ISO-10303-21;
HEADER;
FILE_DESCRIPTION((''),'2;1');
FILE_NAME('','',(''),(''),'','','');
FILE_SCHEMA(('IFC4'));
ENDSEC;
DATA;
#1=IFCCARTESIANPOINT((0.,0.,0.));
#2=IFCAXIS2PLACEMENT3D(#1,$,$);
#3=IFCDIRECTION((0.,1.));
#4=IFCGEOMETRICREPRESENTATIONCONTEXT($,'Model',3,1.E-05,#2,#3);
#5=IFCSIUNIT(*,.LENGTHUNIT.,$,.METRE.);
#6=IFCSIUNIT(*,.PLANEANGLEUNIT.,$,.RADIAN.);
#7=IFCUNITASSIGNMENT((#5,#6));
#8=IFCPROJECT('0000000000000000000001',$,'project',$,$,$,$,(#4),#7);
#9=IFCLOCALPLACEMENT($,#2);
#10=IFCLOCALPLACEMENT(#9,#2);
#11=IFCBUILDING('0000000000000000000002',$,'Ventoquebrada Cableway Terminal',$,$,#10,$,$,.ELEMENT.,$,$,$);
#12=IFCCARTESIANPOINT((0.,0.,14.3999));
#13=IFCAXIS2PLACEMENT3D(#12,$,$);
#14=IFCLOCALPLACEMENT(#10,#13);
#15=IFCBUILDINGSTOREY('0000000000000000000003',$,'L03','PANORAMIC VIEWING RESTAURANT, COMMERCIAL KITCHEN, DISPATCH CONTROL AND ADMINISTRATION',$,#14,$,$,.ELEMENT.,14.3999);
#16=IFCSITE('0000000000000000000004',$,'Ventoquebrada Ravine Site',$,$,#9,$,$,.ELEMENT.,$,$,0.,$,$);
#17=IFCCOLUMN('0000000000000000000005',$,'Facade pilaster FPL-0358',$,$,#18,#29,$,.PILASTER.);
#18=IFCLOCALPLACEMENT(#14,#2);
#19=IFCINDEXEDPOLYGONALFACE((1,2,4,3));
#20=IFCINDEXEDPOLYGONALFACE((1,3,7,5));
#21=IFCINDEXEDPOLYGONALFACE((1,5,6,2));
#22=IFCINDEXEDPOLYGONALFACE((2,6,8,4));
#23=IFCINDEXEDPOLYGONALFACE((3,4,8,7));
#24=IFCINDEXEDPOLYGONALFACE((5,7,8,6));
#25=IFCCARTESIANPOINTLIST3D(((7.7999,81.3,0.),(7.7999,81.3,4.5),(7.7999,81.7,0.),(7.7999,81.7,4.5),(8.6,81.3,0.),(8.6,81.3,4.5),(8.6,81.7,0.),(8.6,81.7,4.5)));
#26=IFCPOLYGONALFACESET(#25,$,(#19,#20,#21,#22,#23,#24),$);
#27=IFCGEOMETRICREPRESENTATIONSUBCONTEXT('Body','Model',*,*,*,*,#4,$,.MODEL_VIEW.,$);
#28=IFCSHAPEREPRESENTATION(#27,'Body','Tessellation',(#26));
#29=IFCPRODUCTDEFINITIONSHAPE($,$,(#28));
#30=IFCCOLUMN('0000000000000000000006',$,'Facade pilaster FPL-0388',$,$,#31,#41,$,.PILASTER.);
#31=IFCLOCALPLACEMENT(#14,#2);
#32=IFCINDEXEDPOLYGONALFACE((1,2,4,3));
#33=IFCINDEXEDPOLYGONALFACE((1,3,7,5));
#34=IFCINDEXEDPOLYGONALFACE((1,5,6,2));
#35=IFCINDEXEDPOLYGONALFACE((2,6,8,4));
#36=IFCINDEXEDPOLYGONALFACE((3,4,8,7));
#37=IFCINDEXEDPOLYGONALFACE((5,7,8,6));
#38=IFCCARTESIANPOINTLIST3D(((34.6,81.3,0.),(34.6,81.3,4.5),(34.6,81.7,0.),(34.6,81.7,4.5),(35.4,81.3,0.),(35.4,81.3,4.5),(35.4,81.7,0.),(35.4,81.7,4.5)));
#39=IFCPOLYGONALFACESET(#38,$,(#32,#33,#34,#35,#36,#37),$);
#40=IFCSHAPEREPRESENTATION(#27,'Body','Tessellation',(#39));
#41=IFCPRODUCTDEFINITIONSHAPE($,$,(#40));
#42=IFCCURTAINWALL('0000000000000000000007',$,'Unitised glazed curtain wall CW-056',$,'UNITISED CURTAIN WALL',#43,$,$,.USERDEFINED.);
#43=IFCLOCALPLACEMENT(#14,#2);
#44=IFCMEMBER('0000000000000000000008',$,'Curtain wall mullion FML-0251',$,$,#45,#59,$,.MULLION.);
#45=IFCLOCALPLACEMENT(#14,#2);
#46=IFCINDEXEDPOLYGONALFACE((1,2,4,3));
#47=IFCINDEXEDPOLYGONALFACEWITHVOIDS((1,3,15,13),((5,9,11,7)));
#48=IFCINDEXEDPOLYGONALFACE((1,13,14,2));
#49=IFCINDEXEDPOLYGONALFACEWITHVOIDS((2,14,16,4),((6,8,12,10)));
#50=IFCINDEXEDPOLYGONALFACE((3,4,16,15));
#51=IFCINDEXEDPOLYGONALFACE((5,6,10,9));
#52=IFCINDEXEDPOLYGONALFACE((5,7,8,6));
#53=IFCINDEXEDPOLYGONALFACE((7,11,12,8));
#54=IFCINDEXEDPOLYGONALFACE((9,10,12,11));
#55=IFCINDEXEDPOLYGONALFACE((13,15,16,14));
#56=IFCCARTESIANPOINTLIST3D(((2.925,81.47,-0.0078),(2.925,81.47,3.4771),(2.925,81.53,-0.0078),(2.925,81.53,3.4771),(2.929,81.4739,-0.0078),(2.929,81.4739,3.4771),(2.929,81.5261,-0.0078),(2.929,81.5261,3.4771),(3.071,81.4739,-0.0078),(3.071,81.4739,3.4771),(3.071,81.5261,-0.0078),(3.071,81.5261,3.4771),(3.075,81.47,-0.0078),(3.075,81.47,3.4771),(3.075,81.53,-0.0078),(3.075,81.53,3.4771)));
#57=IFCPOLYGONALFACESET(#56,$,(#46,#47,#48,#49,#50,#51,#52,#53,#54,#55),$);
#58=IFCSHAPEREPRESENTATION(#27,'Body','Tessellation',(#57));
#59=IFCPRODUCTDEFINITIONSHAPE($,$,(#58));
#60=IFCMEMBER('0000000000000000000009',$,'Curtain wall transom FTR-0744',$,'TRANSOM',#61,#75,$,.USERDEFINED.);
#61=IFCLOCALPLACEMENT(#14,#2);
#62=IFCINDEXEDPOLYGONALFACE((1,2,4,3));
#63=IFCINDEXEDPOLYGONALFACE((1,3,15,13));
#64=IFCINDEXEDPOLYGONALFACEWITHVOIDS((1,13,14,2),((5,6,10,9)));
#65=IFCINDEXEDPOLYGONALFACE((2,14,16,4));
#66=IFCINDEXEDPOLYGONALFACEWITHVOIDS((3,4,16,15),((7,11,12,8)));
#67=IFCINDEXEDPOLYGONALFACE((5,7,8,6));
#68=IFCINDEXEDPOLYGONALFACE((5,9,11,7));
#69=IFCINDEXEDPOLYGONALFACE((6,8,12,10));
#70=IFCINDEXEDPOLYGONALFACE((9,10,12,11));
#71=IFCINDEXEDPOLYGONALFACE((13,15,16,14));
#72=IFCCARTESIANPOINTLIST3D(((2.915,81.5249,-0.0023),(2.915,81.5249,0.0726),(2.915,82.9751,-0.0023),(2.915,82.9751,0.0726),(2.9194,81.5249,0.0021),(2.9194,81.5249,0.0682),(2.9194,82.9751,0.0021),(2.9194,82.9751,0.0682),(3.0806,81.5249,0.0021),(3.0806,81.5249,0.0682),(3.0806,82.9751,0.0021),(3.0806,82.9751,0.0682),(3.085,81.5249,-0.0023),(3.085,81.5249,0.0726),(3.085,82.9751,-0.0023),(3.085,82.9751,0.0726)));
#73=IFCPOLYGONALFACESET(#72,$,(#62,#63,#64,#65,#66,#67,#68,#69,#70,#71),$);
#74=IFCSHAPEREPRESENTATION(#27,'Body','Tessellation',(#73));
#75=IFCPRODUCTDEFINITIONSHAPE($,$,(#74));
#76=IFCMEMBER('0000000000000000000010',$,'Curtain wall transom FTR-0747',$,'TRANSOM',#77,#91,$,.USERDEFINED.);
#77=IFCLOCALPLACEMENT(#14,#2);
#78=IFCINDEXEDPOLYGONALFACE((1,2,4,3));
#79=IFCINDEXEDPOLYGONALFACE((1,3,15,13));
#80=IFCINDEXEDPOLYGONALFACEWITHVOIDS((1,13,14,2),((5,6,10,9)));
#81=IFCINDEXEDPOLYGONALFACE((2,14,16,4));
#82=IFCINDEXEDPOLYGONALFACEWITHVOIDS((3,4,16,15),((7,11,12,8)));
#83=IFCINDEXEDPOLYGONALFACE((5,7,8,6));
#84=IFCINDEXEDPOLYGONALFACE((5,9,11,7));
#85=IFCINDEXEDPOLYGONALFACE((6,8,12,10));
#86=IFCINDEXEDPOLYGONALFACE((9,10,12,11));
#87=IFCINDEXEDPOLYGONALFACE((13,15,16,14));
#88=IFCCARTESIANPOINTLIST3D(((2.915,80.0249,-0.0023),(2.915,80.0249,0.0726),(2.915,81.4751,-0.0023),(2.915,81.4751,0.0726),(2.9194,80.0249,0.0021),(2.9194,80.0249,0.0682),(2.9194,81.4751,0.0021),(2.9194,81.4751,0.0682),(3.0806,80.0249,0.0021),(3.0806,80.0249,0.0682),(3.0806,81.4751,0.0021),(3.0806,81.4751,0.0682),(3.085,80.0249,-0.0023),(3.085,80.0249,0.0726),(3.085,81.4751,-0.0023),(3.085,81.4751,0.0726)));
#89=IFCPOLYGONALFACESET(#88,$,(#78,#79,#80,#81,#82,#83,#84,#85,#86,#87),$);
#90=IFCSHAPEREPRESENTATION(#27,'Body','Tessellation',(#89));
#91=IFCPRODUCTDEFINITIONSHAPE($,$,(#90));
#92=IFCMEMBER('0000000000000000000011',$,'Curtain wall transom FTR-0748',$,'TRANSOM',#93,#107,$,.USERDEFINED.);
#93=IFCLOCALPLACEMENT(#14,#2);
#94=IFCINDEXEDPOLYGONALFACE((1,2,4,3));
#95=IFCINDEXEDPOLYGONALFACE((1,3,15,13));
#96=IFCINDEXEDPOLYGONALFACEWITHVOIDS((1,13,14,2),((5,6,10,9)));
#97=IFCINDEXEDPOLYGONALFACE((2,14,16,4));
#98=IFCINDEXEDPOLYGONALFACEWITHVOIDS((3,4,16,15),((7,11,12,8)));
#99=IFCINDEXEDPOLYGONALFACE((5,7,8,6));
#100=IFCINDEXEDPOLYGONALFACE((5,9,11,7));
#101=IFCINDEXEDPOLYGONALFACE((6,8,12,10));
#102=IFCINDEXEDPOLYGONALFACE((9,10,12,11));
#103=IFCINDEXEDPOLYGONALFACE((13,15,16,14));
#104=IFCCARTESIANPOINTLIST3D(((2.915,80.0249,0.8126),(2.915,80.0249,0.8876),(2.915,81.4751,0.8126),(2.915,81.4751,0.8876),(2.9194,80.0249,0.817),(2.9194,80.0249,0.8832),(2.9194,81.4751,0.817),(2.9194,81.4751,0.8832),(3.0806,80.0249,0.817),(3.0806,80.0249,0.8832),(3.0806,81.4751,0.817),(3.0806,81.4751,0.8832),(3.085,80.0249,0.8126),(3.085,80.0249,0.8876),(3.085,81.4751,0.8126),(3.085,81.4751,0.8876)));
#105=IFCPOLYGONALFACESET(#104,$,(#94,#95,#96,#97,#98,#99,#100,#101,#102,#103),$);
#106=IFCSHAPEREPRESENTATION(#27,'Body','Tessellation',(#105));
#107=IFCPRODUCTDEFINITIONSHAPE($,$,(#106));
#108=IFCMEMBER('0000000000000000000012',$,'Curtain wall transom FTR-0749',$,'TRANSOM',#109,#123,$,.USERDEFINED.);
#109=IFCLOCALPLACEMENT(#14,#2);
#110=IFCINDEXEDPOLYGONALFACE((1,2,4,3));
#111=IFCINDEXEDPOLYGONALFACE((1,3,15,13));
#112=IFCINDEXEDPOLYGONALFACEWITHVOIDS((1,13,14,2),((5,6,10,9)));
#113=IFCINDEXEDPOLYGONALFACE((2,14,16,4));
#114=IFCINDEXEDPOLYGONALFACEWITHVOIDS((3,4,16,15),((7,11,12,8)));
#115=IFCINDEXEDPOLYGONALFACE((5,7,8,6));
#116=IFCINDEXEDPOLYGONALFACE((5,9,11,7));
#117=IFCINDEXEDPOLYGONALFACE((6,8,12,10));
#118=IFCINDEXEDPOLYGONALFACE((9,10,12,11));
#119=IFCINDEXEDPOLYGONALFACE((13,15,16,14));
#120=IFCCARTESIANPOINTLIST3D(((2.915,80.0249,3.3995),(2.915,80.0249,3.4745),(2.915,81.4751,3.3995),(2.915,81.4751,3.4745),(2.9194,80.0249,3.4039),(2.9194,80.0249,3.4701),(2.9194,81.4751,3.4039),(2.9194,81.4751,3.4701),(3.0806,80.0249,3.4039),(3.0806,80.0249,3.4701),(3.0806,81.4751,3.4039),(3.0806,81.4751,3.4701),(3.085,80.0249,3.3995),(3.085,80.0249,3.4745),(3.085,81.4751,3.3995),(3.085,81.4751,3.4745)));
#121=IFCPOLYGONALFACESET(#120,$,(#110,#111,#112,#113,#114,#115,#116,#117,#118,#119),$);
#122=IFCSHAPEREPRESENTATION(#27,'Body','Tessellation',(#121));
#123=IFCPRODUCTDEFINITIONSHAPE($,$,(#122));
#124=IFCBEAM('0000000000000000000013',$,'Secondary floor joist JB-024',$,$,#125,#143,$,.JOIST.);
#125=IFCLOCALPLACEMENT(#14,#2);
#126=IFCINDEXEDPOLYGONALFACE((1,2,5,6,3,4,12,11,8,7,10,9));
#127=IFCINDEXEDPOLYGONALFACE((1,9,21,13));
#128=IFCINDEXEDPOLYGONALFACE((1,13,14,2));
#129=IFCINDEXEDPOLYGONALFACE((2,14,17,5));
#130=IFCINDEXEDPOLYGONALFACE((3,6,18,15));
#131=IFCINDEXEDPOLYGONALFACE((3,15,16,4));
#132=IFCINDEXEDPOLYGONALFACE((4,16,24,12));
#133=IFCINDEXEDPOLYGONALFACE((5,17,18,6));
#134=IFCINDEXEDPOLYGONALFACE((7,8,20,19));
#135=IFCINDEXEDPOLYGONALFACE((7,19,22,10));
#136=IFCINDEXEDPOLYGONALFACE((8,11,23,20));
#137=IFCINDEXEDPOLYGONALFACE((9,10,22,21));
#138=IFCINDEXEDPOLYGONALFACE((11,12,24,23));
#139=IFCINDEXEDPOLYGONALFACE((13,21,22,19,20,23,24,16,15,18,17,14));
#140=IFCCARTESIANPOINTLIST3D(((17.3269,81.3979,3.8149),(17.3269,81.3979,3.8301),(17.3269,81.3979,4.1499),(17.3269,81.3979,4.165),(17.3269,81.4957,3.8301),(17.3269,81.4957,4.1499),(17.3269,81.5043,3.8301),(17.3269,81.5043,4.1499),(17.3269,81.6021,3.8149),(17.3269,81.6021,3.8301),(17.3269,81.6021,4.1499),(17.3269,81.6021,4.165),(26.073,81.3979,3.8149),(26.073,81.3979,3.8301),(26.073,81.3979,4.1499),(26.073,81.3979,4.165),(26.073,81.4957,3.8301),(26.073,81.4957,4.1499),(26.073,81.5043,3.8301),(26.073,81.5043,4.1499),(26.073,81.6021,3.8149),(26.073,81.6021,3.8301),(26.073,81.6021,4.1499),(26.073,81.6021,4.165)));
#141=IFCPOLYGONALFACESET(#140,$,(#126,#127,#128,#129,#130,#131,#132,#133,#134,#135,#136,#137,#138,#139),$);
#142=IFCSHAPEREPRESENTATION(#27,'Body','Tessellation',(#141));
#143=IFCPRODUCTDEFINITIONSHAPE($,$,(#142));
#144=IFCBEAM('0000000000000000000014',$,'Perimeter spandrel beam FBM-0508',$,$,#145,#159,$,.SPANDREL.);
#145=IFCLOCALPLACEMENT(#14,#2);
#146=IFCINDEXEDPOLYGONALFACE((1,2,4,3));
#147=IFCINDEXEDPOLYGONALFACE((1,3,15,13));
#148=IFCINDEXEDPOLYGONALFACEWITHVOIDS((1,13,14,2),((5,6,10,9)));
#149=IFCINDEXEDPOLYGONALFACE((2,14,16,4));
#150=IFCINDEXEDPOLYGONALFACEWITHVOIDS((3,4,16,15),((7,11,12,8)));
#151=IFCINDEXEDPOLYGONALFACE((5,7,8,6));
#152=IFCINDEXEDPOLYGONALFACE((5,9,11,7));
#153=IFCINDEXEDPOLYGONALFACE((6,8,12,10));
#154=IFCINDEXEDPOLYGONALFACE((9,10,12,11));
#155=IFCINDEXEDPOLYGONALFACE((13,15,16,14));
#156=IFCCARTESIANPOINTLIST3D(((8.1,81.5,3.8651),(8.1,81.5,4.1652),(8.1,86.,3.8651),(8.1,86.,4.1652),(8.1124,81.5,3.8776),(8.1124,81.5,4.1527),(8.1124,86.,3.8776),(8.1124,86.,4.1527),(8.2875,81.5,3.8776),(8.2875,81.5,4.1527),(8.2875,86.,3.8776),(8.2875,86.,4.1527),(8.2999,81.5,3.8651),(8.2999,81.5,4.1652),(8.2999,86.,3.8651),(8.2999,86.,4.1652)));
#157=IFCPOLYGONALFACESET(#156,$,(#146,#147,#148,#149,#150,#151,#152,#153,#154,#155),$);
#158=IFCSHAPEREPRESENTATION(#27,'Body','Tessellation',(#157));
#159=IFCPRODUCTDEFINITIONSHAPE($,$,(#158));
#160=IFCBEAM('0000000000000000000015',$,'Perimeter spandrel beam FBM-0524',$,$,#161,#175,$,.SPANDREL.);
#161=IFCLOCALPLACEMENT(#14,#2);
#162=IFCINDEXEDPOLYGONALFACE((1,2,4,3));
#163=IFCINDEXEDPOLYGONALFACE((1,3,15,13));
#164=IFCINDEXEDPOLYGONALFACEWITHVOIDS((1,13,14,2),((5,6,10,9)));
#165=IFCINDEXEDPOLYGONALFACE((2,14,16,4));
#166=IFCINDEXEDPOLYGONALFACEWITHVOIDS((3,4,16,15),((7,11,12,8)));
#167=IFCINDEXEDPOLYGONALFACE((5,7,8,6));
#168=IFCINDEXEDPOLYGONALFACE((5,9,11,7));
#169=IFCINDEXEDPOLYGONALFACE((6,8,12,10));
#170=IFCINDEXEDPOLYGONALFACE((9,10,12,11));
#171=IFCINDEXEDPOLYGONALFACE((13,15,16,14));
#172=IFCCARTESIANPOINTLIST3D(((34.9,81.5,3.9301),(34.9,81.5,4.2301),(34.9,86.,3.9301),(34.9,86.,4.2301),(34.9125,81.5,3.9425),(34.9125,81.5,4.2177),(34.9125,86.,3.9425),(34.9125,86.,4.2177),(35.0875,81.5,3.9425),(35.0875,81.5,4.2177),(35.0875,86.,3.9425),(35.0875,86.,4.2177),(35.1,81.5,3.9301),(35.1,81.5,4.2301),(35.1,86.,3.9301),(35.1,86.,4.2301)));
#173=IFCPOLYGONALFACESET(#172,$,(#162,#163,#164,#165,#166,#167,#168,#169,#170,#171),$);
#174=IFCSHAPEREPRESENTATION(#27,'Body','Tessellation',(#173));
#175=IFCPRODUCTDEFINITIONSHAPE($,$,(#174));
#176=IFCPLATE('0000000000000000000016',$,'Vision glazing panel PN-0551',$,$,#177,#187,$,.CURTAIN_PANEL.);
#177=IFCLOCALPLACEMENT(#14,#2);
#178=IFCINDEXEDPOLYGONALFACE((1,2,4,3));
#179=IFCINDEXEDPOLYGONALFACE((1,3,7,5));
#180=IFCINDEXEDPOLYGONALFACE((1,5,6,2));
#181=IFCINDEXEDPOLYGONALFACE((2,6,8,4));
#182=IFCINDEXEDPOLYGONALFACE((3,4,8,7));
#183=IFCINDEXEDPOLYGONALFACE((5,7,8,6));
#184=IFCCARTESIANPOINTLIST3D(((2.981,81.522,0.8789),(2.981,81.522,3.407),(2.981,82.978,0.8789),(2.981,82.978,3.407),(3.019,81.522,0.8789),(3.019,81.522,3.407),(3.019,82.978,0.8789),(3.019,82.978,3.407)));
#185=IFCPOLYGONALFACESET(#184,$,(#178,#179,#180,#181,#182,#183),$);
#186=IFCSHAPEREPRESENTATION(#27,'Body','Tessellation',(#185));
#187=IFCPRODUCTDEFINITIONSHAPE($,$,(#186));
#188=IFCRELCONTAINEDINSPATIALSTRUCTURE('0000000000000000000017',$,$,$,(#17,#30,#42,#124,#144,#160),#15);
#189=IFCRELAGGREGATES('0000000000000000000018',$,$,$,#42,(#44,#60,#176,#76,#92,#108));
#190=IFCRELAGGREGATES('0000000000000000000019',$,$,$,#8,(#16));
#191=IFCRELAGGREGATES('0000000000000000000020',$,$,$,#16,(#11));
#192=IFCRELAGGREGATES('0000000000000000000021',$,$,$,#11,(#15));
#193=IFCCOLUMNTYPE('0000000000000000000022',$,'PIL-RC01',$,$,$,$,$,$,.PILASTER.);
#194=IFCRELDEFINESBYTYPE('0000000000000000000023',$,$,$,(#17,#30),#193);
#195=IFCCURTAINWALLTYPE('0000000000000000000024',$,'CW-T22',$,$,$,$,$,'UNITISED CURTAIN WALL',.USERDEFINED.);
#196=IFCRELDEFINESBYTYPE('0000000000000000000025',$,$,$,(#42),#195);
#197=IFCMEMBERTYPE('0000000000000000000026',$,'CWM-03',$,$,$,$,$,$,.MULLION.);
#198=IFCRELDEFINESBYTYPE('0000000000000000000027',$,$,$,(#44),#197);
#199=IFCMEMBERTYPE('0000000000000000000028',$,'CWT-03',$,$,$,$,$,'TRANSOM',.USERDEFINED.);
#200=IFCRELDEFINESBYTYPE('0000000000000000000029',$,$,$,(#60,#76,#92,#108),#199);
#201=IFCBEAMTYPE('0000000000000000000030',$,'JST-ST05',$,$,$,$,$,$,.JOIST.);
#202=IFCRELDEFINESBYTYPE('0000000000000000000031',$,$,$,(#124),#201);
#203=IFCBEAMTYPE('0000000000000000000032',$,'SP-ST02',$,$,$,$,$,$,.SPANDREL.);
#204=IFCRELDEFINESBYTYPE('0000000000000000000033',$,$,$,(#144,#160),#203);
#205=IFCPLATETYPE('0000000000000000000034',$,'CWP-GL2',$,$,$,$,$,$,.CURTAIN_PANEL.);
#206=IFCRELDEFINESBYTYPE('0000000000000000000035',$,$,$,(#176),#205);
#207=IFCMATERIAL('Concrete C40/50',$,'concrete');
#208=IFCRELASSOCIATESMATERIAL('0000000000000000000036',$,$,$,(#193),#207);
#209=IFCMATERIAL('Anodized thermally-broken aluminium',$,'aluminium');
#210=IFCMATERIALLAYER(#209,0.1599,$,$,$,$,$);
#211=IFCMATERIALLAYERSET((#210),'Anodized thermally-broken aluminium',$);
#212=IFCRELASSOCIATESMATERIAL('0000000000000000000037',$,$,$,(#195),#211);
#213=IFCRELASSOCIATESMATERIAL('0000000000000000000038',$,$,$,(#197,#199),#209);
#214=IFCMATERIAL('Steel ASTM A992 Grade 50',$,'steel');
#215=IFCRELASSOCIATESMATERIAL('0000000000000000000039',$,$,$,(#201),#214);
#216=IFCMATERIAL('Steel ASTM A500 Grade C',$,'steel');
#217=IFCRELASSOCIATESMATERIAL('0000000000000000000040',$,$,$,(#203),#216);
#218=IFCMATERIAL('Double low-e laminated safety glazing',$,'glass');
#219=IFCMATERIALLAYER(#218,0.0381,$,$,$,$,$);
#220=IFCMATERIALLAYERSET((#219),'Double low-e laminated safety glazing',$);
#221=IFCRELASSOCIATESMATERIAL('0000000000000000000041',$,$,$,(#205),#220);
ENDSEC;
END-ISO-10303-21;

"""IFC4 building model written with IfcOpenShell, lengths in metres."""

from ifc_helpers import new_model, si_unit, direction, frame, origin, origin_2d, place, context, subcontext, project, spatial, rectangle, hollow_rectangle, i_section, extrude, material, layer, layer_set, material_profile, profile_set, type_object, element, aggregate, save


model = new_model("IFC4")

# Units and contexts
model_context = context("Model", 3, precision=1e-05, world=origin(), true_north=direction((0.0, 1.0)))
body_context = subcontext(model_context, "Body", "Model", "MODEL_VIEW")
ifc_project = project(units=[si_unit("LENGTHUNIT", "METRE"), si_unit("PLANEANGLEUNIT", "RADIAN")], contexts=[model_context])

# Site, building, storey
site_placement = place(None, origin())
site = spatial("IfcSite", under=ifc_project, at=site_placement, Name="Ventoquebrada Ravine Site", CompositionType="ELEMENT", RefElevation=0.0)
building_placement = place(site_placement, origin())
building = spatial("IfcBuilding", under=site, at=building_placement, Name="Ventoquebrada Cableway Terminal", CompositionType="ELEMENT")
storey_placement = place(building_placement, frame((0.0, 0.0, 14.3999)))
storey = spatial("IfcBuildingStorey", under=building, at=storey_placement, Name="L03", Description="PANORAMIC VIEWING RESTAURANT, COMMERCIAL KITCHEN, DISPATCH CONTROL AND ADMINISTRATION", CompositionType="ELEMENT", Elevation=14.3999)

# Columns
ifc_material_1 = material(Name="Concrete C40/50", Category="concrete")
ifc_material_profile_1 = material_profile(ifc_material_1, rectangle(XDim=0.3999, YDim=0.8, at=origin_2d()), Name="RC-PIL-400X800")
ifc_profile_set_1 = profile_set([ifc_material_profile_1], Name="Concrete C40/50")
column_type = type_object("IfcColumnType", Name="PIL-RC01", PredefinedType="PILASTER", material=ifc_profile_set_1)
for number, where, z_axis, x_axis, name in (
    (1, (8.2, 81.5, 0.0), (0.0, 0.0, 1.0), (0.0, 1.0, 0.0), "Facade pilaster FPL-0358"),
    (2, (35.0, 81.5, 0.0), (0.0, 0.0, 1.0), (0.0, 1.0, 0.0), "Facade pilaster FPL-0388"),
):
    element("IfcColumn", number, at=place(storey_placement, frame(where, z_axis=z_axis, x_axis=x_axis)), inside=storey, type_object=column_type, Name=name, PredefinedType="PILASTER", context=body_context, shape_type="SweptSolid", body=[
        extrude(rectangle(XDim=0.3999, YDim=0.8, at=origin_2d()), origin(), (0.0, 0.0, 1.0), 4.5),
    ])

# Curtain wall, members
ifc_material_2 = material(Name="Anodized thermally-broken aluminium", Category="aluminium")
ifc_layer_1 = layer(ifc_material_2, 0.1599)
ifc_layer_set_1 = layer_set([ifc_layer_1], Name="Anodized thermally-broken aluminium")
curtain_wall_type = type_object("IfcCurtainWallType", Name="CW-T22", ElementType="UNITISED CURTAIN WALL", PredefinedType="USERDEFINED", material=ifc_layer_set_1)
curtain_wall_placement = place(storey_placement, origin())
curtain_wall = element("IfcCurtainWall", 3, at=curtain_wall_placement, inside=storey, type_object=curtain_wall_type, Name="Unitised glazed curtain wall CW-056", ObjectType="UNITISED CURTAIN WALL", PredefinedType="USERDEFINED")
ifc_material_profile_2 = material_profile(ifc_material_2, hollow_rectangle(XDim=0.0601, YDim=0.1499, WallThickness=0.0039, at=origin_2d()), Name="CW-MUL-60X150")
ifc_profile_set_2 = profile_set([ifc_material_profile_2], Name="Anodized thermally-broken aluminium")
member_type_1 = type_object("IfcMemberType", Name="CWM-03", PredefinedType="MULLION", material=ifc_profile_set_2)
member_1_placement = place(storey_placement, frame((3.0, 81.5, -0.0078), z_axis=(0.0, 0.0, 1.0), x_axis=(0.0, -1.0, 0.0)))
member_1 = element("IfcMember", 4, at=member_1_placement, type_object=member_type_1, Name="Curtain wall mullion FML-0251", PredefinedType="MULLION", context=body_context, shape_type="SweptSolid", body=[
    extrude(hollow_rectangle(XDim=0.0601, YDim=0.1499, WallThickness=0.0039, at=origin_2d()), origin(), (0.0, 0.0, 1.0), 3.4849),
])
ifc_material_profile_3 = material_profile(ifc_material_2, hollow_rectangle(XDim=0.075, YDim=0.1699, WallThickness=0.0044, at=origin_2d()), Name="CW-TRN-75X170")
ifc_profile_set_3 = profile_set([ifc_material_profile_3], Name="Anodized thermally-broken aluminium")
member_type_2 = type_object("IfcMemberType", Name="CWT-03", ElementType="TRANSOM", PredefinedType="USERDEFINED", material=ifc_profile_set_3)
member_2_placement = place(storey_placement, frame((3.0, 82.9751, 0.0352), z_axis=(0.0, -1.0, 0.0), x_axis=(0.0, 0.0, 1.0)))
member_2 = element("IfcMember", 5, at=member_2_placement, type_object=member_type_2, Name="Curtain wall transom FTR-0744", ObjectType="TRANSOM", PredefinedType="USERDEFINED", context=body_context, shape_type="SweptSolid", body=[
    extrude(hollow_rectangle(XDim=0.075, YDim=0.1699, WallThickness=0.0044, at=origin_2d()), origin(), (0.0, 0.0, 1.0), 1.4502),
])
member_3_placement = place(storey_placement, frame((3.0, 81.4751, 0.0352), z_axis=(0.0, -1.0, 0.0), x_axis=(0.0, 0.0, 1.0)))
member_3 = element("IfcMember", 6, at=member_3_placement, type_object=member_type_2, Name="Curtain wall transom FTR-0747", ObjectType="TRANSOM", PredefinedType="USERDEFINED", context=body_context, shape_type="SweptSolid", body=[
    extrude(hollow_rectangle(XDim=0.075, YDim=0.1699, WallThickness=0.0044, at=origin_2d()), origin(), (0.0, 0.0, 1.0), 1.4502),
])
member_4_placement = place(storey_placement, frame((3.0, 81.4751, 0.8501), z_axis=(0.0, -1.0, 0.0), x_axis=(0.0, 0.0, 1.0)))
member_4 = element("IfcMember", 7, at=member_4_placement, type_object=member_type_2, Name="Curtain wall transom FTR-0748", ObjectType="TRANSOM", PredefinedType="USERDEFINED", context=body_context, shape_type="SweptSolid", body=[
    extrude(hollow_rectangle(XDim=0.075, YDim=0.1699, WallThickness=0.0044, at=origin_2d()), origin(), (0.0, 0.0, 1.0), 1.4502),
])
member_5_placement = place(storey_placement, frame((3.0, 81.4751, 3.437), z_axis=(0.0, -1.0, 0.0), x_axis=(0.0, 0.0, 1.0)))
member_5 = element("IfcMember", 8, at=member_5_placement, type_object=member_type_2, Name="Curtain wall transom FTR-0749", ObjectType="TRANSOM", PredefinedType="USERDEFINED", context=body_context, shape_type="SweptSolid", body=[
    extrude(hollow_rectangle(XDim=0.075, YDim=0.1699, WallThickness=0.0044, at=origin_2d()), origin(), (0.0, 0.0, 1.0), 1.4502),
])

# Beams
ifc_material_3 = material(Name="Steel ASTM A992 Grade 50", Category="steel")
ifc_material_profile_4 = material_profile(ifc_material_3, i_section(OverallWidth=0.2041, OverallDepth=0.3501, WebThickness=0.0085, FlangeThickness=0.0151, at=origin_2d()), Name="W14X48")
ifc_profile_set_4 = profile_set([ifc_material_profile_4], Name="Steel ASTM A992 Grade 50")
beam_type_1 = type_object("IfcBeamType", Name="JST-ST05", PredefinedType="JOIST", material=ifc_profile_set_4)
beam_placement = place(storey_placement, frame((17.3269, 81.5, 3.99), z_axis=(1.0, 0.0, 0.0), x_axis=(0.0, 1.0, 0.0)))
element("IfcBeam", 9, at=beam_placement, inside=storey, type_object=beam_type_1, Name="Secondary floor joist JB-024", PredefinedType="JOIST", context=body_context, shape_type="SweptSolid", body=[
    extrude(i_section(OverallWidth=0.2041, OverallDepth=0.3501, WebThickness=0.0085, FlangeThickness=0.0151, at=origin_2d()), origin(), (0.0, 0.0, 1.0), 8.7461),
])
ifc_material_4 = material(Name="Steel ASTM A500 Grade C", Category="steel")
ifc_material_profile_5 = material_profile(ifc_material_4, hollow_rectangle(XDim=0.2, YDim=0.3, WallThickness=0.0125, at=origin_2d()), Name="RHS300X200X12.5")
ifc_profile_set_5 = profile_set([ifc_material_profile_5], Name="Steel ASTM A500 Grade C")
beam_type_2 = type_object("IfcBeamType", Name="SP-ST02", PredefinedType="SPANDREL", material=ifc_profile_set_5)
for number, where, z_axis, x_axis, name in (
    (10, (8.2, 81.5, 4.0151), (0.0, 1.0, 0.0), (-1.0, 0.0, 0.0), "Perimeter spandrel beam FBM-0508"),
    (11, (35.0, 81.5, 4.0801), (0.0, 1.0, 0.0), (-1.0, 0.0, 0.0), "Perimeter spandrel beam FBM-0524"),
):
    element("IfcBeam", number, at=place(storey_placement, frame(where, z_axis=z_axis, x_axis=x_axis)), inside=storey, type_object=beam_type_2, Name=name, PredefinedType="SPANDREL", context=body_context, shape_type="SweptSolid", body=[
        extrude(hollow_rectangle(XDim=0.2, YDim=0.3, WallThickness=0.0125, at=origin_2d()), origin(), (0.0, 0.0, 1.0), 4.5),
    ])

# Plate
ifc_material_5 = material(Name="Double low-e laminated safety glazing", Category="glass")
ifc_layer_2 = layer(ifc_material_5, 0.0381)
ifc_layer_set_2 = layer_set([ifc_layer_2], Name="Double low-e laminated safety glazing")
plate_type_1 = type_object("IfcPlateType", Name="CWP-GL2", PredefinedType="CURTAIN_PANEL", material=ifc_layer_set_2)
plate_1_placement = place(storey_placement, frame((3.0, 82.25, 0.8789), z_axis=(0.0, 0.0, 1.0), x_axis=(0.0, -1.0, 0.0)))
plate_1 = element("IfcPlate", 12, at=plate_1_placement, type_object=plate_type_1, Name="Vision glazing panel PN-0551", PredefinedType="CURTAIN_PANEL", context=body_context, shape_type="SweptSolid", body=[
    extrude(rectangle(XDim=1.4561, YDim=0.0381, at=origin_2d()), origin(), (0.0, 0.0, 1.0), 2.5281),
])
aggregate(curtain_wall, [member_1, member_2, plate_1, member_3, member_4, member_5])

save(model, "model.ifc")
